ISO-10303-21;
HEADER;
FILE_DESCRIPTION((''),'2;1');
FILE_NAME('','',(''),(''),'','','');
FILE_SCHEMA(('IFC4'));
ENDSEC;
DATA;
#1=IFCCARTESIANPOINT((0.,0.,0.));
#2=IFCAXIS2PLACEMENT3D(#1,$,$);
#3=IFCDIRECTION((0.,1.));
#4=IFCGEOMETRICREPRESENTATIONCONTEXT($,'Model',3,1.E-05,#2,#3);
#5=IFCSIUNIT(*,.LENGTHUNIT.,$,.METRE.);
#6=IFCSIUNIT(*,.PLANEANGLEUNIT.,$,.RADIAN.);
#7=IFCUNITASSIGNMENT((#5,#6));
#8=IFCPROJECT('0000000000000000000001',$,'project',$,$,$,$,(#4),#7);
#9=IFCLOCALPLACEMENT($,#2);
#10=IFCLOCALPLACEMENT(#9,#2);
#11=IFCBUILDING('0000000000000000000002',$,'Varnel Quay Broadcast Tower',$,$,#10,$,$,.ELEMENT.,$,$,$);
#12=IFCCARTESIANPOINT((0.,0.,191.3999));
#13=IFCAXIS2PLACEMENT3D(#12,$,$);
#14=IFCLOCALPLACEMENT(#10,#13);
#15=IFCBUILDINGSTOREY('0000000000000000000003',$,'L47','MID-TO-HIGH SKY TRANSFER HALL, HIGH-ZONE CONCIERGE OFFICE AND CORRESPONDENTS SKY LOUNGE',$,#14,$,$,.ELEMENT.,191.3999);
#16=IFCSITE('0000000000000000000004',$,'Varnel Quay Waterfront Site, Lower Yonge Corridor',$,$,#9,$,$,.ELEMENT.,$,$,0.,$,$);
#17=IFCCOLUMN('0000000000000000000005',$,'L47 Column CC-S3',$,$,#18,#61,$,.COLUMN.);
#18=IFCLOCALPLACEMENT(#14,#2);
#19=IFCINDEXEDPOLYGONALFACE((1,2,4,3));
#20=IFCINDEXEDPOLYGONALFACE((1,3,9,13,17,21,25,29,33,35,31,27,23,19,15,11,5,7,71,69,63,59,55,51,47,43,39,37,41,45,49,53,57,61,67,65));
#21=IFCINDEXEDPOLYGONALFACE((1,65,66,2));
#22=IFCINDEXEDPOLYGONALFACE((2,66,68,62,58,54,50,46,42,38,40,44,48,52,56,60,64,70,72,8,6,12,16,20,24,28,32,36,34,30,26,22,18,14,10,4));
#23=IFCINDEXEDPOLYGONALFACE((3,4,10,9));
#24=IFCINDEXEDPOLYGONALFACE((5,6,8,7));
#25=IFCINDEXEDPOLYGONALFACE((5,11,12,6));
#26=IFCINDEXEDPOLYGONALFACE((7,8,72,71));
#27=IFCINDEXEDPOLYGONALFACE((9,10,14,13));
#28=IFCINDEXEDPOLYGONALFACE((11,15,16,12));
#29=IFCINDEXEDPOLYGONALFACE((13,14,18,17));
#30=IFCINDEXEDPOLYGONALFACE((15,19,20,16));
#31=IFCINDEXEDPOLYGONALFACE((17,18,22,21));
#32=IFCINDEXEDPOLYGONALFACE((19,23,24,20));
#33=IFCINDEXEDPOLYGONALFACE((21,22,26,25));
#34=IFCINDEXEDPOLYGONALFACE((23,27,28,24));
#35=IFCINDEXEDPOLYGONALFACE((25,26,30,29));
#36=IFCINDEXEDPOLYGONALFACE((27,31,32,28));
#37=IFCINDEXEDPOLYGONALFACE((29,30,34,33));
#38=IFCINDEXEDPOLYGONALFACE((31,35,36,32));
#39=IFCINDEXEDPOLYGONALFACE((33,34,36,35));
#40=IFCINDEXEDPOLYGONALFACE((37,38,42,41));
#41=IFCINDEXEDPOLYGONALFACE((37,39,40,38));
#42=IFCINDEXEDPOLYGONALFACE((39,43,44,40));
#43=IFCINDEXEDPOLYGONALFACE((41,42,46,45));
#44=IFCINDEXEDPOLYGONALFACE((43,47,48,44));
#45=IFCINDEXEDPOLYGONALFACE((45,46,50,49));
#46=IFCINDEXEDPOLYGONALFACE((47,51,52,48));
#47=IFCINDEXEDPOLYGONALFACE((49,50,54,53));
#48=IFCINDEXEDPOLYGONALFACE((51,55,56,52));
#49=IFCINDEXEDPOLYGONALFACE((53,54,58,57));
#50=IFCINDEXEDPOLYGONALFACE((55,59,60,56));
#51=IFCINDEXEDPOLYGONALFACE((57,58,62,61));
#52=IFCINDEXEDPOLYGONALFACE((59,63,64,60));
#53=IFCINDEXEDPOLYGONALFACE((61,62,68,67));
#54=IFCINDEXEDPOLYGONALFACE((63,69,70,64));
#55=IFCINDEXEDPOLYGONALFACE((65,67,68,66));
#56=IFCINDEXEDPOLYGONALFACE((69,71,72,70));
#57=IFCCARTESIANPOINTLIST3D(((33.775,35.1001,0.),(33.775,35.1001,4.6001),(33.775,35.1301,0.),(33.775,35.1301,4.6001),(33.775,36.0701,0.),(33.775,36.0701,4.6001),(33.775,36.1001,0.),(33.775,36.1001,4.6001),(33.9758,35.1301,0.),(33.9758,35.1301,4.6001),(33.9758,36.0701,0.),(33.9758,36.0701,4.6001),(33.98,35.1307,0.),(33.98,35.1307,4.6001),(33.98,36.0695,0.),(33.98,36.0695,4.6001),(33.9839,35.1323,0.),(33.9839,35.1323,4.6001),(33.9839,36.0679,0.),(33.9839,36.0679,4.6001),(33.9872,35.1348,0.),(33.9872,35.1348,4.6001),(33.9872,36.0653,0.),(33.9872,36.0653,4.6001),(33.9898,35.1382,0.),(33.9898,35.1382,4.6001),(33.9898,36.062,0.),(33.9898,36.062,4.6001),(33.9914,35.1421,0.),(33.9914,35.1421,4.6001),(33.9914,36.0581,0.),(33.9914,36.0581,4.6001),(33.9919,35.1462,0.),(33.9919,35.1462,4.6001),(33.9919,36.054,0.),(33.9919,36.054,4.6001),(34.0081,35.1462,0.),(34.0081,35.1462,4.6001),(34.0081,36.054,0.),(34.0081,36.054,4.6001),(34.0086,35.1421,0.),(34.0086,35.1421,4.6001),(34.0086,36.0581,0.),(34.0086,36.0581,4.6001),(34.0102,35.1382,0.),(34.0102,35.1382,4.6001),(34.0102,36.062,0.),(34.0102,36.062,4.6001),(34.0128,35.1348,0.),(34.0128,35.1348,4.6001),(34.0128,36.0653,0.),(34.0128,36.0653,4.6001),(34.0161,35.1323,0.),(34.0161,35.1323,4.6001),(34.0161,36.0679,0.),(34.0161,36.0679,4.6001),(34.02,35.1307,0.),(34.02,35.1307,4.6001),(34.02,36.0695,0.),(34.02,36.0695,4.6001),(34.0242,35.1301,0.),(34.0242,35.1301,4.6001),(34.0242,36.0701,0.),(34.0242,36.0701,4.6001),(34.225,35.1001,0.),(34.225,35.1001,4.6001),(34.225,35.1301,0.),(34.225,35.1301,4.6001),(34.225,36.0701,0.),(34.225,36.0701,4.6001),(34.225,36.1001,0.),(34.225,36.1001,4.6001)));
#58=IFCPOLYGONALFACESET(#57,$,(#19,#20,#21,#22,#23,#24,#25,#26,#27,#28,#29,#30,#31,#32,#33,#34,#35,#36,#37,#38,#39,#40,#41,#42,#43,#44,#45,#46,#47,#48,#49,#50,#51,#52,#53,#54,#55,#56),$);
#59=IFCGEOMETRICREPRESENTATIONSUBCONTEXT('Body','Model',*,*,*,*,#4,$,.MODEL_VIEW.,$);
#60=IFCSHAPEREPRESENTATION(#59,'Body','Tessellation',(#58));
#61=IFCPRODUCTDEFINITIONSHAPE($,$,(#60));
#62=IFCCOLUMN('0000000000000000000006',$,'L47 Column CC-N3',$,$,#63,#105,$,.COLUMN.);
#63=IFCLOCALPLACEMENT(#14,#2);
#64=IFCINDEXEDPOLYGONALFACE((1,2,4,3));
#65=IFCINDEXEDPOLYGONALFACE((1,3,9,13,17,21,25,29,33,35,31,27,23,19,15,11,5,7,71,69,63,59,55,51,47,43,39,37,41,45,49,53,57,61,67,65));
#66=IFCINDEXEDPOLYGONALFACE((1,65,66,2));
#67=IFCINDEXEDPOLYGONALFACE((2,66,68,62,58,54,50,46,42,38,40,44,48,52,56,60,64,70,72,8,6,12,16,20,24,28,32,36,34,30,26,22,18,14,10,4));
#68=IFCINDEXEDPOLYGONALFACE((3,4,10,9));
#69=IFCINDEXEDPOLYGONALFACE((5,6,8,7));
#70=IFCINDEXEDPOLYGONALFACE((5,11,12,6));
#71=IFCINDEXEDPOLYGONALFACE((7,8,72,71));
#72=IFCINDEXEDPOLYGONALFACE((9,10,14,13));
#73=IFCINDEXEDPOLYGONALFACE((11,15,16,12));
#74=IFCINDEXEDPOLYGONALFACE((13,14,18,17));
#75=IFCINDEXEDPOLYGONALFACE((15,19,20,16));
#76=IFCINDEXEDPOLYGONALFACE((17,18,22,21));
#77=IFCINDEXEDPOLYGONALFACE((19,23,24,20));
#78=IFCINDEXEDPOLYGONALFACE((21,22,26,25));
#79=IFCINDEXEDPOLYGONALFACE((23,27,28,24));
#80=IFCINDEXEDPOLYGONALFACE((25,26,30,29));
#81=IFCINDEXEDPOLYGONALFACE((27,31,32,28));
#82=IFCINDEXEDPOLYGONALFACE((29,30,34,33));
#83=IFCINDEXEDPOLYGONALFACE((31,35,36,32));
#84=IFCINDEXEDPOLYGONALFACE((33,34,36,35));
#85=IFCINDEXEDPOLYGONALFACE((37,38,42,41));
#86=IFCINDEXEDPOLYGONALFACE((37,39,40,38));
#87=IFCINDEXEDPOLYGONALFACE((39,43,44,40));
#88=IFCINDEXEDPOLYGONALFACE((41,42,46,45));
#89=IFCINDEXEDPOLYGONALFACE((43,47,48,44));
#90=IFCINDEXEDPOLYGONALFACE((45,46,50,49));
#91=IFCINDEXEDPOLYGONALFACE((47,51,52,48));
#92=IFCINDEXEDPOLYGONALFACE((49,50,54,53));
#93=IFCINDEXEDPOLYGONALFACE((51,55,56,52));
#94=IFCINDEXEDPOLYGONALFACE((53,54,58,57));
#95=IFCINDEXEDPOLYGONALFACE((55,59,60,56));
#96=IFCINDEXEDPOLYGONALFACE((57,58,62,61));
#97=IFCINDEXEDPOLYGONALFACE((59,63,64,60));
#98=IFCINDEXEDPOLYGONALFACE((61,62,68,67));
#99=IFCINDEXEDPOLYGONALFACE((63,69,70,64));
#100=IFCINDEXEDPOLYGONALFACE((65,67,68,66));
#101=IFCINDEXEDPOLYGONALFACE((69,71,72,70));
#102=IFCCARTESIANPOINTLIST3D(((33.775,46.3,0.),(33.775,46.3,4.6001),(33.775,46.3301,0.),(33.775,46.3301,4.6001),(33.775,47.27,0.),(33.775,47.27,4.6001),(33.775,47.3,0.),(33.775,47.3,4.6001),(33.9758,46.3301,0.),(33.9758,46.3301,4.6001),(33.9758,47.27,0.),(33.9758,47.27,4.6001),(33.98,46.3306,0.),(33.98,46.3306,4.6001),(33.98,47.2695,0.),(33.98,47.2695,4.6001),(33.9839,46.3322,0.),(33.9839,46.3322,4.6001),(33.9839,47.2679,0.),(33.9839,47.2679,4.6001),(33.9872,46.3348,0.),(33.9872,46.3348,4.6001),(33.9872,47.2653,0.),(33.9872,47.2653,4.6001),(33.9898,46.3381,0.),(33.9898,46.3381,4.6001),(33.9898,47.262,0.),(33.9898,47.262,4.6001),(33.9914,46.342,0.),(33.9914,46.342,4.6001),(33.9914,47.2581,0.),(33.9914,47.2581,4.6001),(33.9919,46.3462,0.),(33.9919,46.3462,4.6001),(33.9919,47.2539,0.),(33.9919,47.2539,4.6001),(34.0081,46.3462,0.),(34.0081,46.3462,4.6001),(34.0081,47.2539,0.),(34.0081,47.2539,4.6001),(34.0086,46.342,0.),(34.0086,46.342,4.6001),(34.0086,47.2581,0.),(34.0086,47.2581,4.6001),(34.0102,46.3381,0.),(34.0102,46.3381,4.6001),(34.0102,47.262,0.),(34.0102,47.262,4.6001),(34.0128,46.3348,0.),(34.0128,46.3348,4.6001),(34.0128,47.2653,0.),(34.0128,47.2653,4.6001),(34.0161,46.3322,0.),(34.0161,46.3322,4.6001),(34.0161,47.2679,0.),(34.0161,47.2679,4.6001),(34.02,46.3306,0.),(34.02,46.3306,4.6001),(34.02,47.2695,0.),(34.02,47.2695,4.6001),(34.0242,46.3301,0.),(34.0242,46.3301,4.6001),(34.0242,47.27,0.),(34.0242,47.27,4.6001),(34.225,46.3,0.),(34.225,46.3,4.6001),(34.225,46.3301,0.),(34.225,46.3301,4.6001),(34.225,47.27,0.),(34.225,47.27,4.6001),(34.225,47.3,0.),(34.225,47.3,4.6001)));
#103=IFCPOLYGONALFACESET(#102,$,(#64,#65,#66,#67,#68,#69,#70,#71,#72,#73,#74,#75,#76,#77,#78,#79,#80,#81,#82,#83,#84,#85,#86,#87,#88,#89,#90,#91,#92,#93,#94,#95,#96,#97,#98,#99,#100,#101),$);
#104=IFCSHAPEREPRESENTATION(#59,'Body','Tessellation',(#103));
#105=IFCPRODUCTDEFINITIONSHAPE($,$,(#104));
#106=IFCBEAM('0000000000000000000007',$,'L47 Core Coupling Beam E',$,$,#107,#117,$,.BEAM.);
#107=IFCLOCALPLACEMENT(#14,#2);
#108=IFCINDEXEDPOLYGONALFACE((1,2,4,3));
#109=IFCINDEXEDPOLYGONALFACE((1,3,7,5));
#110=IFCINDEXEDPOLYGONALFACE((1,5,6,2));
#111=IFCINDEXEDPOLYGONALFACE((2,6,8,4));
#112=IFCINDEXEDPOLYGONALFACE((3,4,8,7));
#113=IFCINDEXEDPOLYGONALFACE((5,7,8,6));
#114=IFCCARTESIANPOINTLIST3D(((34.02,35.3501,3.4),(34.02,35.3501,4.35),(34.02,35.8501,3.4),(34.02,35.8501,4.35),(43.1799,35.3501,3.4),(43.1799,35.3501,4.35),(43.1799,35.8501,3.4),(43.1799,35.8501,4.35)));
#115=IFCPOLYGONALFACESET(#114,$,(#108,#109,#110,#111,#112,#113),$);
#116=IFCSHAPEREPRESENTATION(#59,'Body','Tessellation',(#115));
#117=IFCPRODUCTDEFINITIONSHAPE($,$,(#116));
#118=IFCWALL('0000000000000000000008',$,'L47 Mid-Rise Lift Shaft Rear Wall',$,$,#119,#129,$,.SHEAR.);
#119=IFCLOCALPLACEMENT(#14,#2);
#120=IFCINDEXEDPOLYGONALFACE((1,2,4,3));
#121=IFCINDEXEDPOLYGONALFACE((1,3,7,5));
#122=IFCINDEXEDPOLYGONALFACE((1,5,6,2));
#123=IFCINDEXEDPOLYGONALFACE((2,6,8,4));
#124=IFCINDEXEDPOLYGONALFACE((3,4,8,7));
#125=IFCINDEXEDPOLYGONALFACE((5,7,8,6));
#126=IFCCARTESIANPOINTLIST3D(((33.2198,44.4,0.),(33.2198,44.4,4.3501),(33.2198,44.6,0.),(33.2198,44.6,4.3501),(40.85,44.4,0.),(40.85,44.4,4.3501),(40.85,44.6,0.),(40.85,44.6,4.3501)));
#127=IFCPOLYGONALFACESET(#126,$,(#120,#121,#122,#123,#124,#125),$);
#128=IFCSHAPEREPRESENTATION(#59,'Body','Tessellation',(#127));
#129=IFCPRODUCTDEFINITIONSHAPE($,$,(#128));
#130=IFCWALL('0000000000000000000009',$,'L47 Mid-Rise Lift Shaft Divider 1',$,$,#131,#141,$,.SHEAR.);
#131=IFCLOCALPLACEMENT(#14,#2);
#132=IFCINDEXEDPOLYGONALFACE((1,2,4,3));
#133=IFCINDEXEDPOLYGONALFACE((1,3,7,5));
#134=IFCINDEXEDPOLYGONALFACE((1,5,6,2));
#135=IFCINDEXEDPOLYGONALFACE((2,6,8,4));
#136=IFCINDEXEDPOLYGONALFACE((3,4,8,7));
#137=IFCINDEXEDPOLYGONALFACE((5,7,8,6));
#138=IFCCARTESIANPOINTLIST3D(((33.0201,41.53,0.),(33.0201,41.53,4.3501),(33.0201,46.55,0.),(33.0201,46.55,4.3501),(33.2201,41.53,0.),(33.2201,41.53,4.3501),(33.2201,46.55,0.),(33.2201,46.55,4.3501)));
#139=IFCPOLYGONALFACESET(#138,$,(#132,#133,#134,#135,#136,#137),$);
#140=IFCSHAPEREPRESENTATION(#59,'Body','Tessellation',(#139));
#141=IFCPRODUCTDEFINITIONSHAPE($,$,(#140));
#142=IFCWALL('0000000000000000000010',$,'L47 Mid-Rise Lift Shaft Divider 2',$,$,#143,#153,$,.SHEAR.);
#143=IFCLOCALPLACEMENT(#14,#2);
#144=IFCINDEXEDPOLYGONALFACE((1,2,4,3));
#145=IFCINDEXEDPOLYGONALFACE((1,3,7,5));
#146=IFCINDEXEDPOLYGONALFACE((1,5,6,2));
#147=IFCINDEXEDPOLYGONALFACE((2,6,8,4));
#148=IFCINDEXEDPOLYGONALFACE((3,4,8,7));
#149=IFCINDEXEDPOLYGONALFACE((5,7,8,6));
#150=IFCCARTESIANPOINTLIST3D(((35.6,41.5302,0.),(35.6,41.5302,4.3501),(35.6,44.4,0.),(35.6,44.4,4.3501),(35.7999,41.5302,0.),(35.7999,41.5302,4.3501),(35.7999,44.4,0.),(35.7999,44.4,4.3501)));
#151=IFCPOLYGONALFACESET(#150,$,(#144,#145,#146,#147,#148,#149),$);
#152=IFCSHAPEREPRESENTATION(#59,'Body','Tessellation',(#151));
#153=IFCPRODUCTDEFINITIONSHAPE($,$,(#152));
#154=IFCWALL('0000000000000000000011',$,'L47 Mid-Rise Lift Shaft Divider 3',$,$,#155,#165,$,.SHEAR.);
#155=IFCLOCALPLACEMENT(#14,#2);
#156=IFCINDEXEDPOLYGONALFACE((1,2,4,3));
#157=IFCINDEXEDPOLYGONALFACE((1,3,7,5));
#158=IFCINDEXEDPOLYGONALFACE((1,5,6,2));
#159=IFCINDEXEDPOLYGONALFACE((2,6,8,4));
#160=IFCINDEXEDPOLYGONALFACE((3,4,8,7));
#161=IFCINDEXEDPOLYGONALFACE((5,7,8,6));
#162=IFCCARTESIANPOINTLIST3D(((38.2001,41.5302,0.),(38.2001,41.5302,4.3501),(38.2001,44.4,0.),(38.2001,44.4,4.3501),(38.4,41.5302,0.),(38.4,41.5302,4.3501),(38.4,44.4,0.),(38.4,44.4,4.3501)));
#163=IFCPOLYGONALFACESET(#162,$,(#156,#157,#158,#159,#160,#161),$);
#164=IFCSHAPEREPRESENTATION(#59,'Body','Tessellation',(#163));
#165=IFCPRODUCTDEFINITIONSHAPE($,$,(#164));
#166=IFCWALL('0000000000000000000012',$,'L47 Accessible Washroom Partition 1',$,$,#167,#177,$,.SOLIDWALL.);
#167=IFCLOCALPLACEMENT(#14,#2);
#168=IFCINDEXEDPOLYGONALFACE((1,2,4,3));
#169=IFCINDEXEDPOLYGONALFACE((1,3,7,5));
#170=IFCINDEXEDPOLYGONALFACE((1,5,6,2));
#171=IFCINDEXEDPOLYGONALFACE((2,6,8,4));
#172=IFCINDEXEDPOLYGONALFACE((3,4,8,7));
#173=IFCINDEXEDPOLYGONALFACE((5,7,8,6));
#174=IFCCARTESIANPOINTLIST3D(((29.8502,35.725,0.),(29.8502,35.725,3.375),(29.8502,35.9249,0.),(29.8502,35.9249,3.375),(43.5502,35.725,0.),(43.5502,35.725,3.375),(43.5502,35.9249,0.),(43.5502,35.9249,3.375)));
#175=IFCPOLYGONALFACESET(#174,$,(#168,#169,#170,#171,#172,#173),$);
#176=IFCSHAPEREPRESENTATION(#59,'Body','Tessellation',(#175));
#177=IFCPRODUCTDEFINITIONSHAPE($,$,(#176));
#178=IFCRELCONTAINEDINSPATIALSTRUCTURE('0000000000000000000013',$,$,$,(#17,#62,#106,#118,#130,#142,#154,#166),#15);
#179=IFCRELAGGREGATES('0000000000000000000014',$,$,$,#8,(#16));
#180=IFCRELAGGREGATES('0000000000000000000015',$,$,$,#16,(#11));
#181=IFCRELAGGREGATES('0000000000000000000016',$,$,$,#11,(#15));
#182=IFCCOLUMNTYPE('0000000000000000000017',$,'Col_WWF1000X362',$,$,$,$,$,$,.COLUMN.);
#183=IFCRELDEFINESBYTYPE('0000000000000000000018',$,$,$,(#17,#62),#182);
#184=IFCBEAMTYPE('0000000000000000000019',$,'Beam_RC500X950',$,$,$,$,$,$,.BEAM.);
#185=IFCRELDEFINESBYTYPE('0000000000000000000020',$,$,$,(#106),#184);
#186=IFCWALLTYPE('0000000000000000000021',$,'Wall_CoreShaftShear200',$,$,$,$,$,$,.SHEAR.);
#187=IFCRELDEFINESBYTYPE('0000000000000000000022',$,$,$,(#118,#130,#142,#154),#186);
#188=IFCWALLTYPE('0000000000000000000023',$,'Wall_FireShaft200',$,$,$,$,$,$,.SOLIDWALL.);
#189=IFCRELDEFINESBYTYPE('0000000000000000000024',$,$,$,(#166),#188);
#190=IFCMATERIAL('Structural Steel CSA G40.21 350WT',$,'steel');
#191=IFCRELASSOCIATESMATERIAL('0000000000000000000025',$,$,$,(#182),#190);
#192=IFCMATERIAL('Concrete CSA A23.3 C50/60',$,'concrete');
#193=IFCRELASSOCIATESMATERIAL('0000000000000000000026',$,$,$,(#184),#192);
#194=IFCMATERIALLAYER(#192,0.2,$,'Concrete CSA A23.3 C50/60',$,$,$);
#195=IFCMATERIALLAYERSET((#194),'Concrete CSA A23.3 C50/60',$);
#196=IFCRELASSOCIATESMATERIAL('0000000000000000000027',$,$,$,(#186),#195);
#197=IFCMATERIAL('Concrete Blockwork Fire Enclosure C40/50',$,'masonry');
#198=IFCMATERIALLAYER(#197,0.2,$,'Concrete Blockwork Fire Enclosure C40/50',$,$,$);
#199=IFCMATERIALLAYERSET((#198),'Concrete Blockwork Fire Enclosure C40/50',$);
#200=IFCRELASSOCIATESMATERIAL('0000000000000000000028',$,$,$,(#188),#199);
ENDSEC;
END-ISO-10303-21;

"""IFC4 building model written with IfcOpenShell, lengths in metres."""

from ifc_helpers import new_model, si_unit, direction, frame, frame_2d, origin, origin_2d, place, context, subcontext, project, spatial, rectangle, i_section, extrude, source, transform, mapped, material, layer, layer_set, material_profile, profile_set, type_object, type_shapes, element, save


model = new_model("IFC4")

# Units and contexts
model_context = context("Model", 3, precision=1e-05, world=origin(), true_north=direction((0.0, 1.0)))
body_context = subcontext(model_context, "Body", "Model", "MODEL_VIEW")
ifc_project = project(units=[si_unit("LENGTHUNIT", "METRE"), si_unit("PLANEANGLEUNIT", "RADIAN")], contexts=[model_context])

# Site, building, storey
site_placement = place(None, origin())
site = spatial("IfcSite", under=ifc_project, at=site_placement, Name="Varnel Quay Waterfront Site, Lower Yonge Corridor", CompositionType="ELEMENT", RefElevation=0.0)
building_placement = place(site_placement, origin())
building = spatial("IfcBuilding", under=site, at=building_placement, Name="Varnel Quay Broadcast Tower", CompositionType="ELEMENT")
storey_placement = place(building_placement, frame((0.0, 0.0, 191.3999)))
storey = spatial("IfcBuildingStorey", under=building, at=storey_placement, Name="L47", Description="MID-TO-HIGH SKY TRANSFER HALL, HIGH-ZONE CONCIERGE OFFICE AND CORRESPONDENTS SKY LOUNGE", CompositionType="ELEMENT", Elevation=191.3999)

# Columns
ifc_material_1 = material(Name="Structural Steel CSA G40.21 350WT", Category="steel")
ifc_material_profile_1 = material_profile(ifc_material_1, i_section(OverallWidth=0.45, OverallDepth=1.0, WebThickness=0.0161, FlangeThickness=0.03, FilletRadius=0.0161, at=origin_2d()), Name="WWF1000X362")
ifc_profile_set_1 = profile_set([ifc_material_profile_1], Name="Structural Steel CSA G40.21 350WT")
column_type = type_object("IfcColumnType", Name="Col_WWF1000X362", PredefinedType="COLUMN", material=ifc_profile_set_1)
shared_shape_1 = source(origin(), body_context, "Body", "SweptSolid", [
    extrude(i_section(OverallWidth=0.45, OverallDepth=1.0, WebThickness=0.0161, FlangeThickness=0.03, FilletRadius=0.0161, at=origin_2d()), origin(), (0.0, 0.0, 1.0), 4.6001),
])
type_shapes(column_type, [shared_shape_1])
for number, where, z_axis, x_axis, name in (
    (1, (34.0, 35.6001, 0.0), (0.0, 0.0, 1.0), (1.0, 0.0, 0.0), "L47 Column CC-S3"),
    (2, (34.0, 46.8, 0.0), (0.0, 0.0, 1.0), (1.0, 0.0, 0.0), "L47 Column CC-N3"),
):
    element("IfcColumn", number, at=place(storey_placement, frame(where, z_axis=z_axis, x_axis=x_axis)), inside=storey, type_object=column_type, Name=name, PredefinedType="COLUMN", context=body_context, shape_type="MappedRepresentation", body=[
        mapped(shared_shape_1, transform((0.0, 0.0, 0.0), x_axis=(1.0, 0.0, 0.0), y_axis=(0.0, 1.0, 0.0), z_axis=(0.0, 0.0, 1.0), scale=1.0)),
    ])

# Beam
ifc_material_2 = material(Name="Concrete CSA A23.3 C50/60", Category="concrete")
ifc_material_profile_2 = material_profile(ifc_material_2, rectangle(XDim=0.5, YDim=0.95, at=origin_2d()), Name="RC500X950")
ifc_profile_set_2 = profile_set([ifc_material_profile_2], Name="Concrete CSA A23.3 C50/60")
beam_type = type_object("IfcBeamType", Name="Beam_RC500X950", PredefinedType="BEAM", material=ifc_profile_set_2)
shared_shape_2 = source(origin(), body_context, "Body", "SweptSolid", [
    extrude(rectangle(XDim=0.5, YDim=0.95, at=origin_2d()), origin(), (0.0, 0.0, 1.0), 9.1599),
])
type_shapes(beam_type, [shared_shape_2])
beam_placement = place(storey_placement, frame((34.02, 35.6001, 3.875), z_axis=(1.0, 0.0, 0.0), x_axis=(0.0, 1.0, 0.0)))
element("IfcBeam", 3, at=beam_placement, inside=storey, type_object=beam_type, Name="L47 Core Coupling Beam E", PredefinedType="BEAM", context=body_context, shape_type="MappedRepresentation", body=[
    mapped(shared_shape_2, transform((0.0, 0.0, 0.0), x_axis=(1.0, 0.0, 0.0), y_axis=(0.0, 1.0, 0.0), z_axis=(0.0, 0.0, 1.0), scale=1.0)),
])

# Walls
ifc_layer_1 = layer(ifc_material_2, 0.2, Name="Concrete CSA A23.3 C50/60")
ifc_layer_set_1 = layer_set([ifc_layer_1], Name="Concrete CSA A23.3 C50/60")
wall_type_1 = type_object("IfcWallType", Name="Wall_CoreShaftShear200", PredefinedType="SHEAR", material=ifc_layer_set_1)
wall_1_placement = place(storey_placement, frame((33.22, 44.5, 0.0), z_axis=(0.0, 0.0, 1.0), x_axis=(1.0, 0.0, 0.0)))
element("IfcWall", 4, at=wall_1_placement, inside=storey, type_object=wall_type_1, Name="L47 Mid-Rise Lift Shaft Rear Wall", PredefinedType="SHEAR", context=body_context, shape_type="SweptSolid", body=[
    extrude(rectangle(XDim=7.6301, YDim=0.2, at=frame_2d((3.8149, 0.0))), origin(), (0.0, 0.0, 1.0), 4.3501),
])
wall_2_placement = place(storey_placement, frame((33.1201, 41.53, 0.0), z_axis=(0.0, 0.0, 1.0), x_axis=(0.0, 1.0, 0.0)))
element("IfcWall", 5, at=wall_2_placement, inside=storey, type_object=wall_type_1, Name="L47 Mid-Rise Lift Shaft Divider 1", PredefinedType="SHEAR", context=body_context, shape_type="SweptSolid", body=[
    extrude(rectangle(XDim=5.02, YDim=0.2, at=frame_2d((2.51, 0.0))), origin(), (0.0, 0.0, 1.0), 4.3501),
])
for number, where, z_axis, x_axis, name in (
    (6, (35.7, 41.53, 0.0), (0.0, 0.0, 1.0), (0.0, 1.0, 0.0), "L47 Mid-Rise Lift Shaft Divider 2"),
    (7, (38.3, 41.53, 0.0), (0.0, 0.0, 1.0), (0.0, 1.0, 0.0), "L47 Mid-Rise Lift Shaft Divider 3"),
):
    element("IfcWall", number, at=place(storey_placement, frame(where, z_axis=z_axis, x_axis=x_axis)), inside=storey, type_object=wall_type_1, Name=name, PredefinedType="SHEAR", context=body_context, shape_type="SweptSolid", body=[
        extrude(rectangle(XDim=2.8699, YDim=0.2, at=frame_2d((1.4351, 0.0))), origin(), (0.0, 0.0, 1.0), 4.3501),
    ])
ifc_material_3 = material(Name="Concrete Blockwork Fire Enclosure C40/50", Category="masonry")
ifc_layer_2 = layer(ifc_material_3, 0.2, Name="Concrete Blockwork Fire Enclosure C40/50")
ifc_layer_set_2 = layer_set([ifc_layer_2], Name="Concrete Blockwork Fire Enclosure C40/50")
wall_type_2 = type_object("IfcWallType", Name="Wall_FireShaft200", PredefinedType="SOLIDWALL", material=ifc_layer_set_2)
wall_3_placement = place(storey_placement, frame((29.8501, 35.825, 0.0), z_axis=(0.0, 0.0, 1.0), x_axis=(1.0, 0.0, 0.0)))
element("IfcWall", 8, at=wall_3_placement, inside=storey, type_object=wall_type_2, Name="L47 Accessible Washroom Partition 1", PredefinedType="SOLIDWALL", context=body_context, shape_type="SweptSolid", body=[
    extrude(rectangle(XDim=13.7, YDim=0.2, at=frame_2d((6.8501, 0.0))), origin(), (0.0, 0.0, 1.0), 3.375),
])

save(model, "model.ifc")
